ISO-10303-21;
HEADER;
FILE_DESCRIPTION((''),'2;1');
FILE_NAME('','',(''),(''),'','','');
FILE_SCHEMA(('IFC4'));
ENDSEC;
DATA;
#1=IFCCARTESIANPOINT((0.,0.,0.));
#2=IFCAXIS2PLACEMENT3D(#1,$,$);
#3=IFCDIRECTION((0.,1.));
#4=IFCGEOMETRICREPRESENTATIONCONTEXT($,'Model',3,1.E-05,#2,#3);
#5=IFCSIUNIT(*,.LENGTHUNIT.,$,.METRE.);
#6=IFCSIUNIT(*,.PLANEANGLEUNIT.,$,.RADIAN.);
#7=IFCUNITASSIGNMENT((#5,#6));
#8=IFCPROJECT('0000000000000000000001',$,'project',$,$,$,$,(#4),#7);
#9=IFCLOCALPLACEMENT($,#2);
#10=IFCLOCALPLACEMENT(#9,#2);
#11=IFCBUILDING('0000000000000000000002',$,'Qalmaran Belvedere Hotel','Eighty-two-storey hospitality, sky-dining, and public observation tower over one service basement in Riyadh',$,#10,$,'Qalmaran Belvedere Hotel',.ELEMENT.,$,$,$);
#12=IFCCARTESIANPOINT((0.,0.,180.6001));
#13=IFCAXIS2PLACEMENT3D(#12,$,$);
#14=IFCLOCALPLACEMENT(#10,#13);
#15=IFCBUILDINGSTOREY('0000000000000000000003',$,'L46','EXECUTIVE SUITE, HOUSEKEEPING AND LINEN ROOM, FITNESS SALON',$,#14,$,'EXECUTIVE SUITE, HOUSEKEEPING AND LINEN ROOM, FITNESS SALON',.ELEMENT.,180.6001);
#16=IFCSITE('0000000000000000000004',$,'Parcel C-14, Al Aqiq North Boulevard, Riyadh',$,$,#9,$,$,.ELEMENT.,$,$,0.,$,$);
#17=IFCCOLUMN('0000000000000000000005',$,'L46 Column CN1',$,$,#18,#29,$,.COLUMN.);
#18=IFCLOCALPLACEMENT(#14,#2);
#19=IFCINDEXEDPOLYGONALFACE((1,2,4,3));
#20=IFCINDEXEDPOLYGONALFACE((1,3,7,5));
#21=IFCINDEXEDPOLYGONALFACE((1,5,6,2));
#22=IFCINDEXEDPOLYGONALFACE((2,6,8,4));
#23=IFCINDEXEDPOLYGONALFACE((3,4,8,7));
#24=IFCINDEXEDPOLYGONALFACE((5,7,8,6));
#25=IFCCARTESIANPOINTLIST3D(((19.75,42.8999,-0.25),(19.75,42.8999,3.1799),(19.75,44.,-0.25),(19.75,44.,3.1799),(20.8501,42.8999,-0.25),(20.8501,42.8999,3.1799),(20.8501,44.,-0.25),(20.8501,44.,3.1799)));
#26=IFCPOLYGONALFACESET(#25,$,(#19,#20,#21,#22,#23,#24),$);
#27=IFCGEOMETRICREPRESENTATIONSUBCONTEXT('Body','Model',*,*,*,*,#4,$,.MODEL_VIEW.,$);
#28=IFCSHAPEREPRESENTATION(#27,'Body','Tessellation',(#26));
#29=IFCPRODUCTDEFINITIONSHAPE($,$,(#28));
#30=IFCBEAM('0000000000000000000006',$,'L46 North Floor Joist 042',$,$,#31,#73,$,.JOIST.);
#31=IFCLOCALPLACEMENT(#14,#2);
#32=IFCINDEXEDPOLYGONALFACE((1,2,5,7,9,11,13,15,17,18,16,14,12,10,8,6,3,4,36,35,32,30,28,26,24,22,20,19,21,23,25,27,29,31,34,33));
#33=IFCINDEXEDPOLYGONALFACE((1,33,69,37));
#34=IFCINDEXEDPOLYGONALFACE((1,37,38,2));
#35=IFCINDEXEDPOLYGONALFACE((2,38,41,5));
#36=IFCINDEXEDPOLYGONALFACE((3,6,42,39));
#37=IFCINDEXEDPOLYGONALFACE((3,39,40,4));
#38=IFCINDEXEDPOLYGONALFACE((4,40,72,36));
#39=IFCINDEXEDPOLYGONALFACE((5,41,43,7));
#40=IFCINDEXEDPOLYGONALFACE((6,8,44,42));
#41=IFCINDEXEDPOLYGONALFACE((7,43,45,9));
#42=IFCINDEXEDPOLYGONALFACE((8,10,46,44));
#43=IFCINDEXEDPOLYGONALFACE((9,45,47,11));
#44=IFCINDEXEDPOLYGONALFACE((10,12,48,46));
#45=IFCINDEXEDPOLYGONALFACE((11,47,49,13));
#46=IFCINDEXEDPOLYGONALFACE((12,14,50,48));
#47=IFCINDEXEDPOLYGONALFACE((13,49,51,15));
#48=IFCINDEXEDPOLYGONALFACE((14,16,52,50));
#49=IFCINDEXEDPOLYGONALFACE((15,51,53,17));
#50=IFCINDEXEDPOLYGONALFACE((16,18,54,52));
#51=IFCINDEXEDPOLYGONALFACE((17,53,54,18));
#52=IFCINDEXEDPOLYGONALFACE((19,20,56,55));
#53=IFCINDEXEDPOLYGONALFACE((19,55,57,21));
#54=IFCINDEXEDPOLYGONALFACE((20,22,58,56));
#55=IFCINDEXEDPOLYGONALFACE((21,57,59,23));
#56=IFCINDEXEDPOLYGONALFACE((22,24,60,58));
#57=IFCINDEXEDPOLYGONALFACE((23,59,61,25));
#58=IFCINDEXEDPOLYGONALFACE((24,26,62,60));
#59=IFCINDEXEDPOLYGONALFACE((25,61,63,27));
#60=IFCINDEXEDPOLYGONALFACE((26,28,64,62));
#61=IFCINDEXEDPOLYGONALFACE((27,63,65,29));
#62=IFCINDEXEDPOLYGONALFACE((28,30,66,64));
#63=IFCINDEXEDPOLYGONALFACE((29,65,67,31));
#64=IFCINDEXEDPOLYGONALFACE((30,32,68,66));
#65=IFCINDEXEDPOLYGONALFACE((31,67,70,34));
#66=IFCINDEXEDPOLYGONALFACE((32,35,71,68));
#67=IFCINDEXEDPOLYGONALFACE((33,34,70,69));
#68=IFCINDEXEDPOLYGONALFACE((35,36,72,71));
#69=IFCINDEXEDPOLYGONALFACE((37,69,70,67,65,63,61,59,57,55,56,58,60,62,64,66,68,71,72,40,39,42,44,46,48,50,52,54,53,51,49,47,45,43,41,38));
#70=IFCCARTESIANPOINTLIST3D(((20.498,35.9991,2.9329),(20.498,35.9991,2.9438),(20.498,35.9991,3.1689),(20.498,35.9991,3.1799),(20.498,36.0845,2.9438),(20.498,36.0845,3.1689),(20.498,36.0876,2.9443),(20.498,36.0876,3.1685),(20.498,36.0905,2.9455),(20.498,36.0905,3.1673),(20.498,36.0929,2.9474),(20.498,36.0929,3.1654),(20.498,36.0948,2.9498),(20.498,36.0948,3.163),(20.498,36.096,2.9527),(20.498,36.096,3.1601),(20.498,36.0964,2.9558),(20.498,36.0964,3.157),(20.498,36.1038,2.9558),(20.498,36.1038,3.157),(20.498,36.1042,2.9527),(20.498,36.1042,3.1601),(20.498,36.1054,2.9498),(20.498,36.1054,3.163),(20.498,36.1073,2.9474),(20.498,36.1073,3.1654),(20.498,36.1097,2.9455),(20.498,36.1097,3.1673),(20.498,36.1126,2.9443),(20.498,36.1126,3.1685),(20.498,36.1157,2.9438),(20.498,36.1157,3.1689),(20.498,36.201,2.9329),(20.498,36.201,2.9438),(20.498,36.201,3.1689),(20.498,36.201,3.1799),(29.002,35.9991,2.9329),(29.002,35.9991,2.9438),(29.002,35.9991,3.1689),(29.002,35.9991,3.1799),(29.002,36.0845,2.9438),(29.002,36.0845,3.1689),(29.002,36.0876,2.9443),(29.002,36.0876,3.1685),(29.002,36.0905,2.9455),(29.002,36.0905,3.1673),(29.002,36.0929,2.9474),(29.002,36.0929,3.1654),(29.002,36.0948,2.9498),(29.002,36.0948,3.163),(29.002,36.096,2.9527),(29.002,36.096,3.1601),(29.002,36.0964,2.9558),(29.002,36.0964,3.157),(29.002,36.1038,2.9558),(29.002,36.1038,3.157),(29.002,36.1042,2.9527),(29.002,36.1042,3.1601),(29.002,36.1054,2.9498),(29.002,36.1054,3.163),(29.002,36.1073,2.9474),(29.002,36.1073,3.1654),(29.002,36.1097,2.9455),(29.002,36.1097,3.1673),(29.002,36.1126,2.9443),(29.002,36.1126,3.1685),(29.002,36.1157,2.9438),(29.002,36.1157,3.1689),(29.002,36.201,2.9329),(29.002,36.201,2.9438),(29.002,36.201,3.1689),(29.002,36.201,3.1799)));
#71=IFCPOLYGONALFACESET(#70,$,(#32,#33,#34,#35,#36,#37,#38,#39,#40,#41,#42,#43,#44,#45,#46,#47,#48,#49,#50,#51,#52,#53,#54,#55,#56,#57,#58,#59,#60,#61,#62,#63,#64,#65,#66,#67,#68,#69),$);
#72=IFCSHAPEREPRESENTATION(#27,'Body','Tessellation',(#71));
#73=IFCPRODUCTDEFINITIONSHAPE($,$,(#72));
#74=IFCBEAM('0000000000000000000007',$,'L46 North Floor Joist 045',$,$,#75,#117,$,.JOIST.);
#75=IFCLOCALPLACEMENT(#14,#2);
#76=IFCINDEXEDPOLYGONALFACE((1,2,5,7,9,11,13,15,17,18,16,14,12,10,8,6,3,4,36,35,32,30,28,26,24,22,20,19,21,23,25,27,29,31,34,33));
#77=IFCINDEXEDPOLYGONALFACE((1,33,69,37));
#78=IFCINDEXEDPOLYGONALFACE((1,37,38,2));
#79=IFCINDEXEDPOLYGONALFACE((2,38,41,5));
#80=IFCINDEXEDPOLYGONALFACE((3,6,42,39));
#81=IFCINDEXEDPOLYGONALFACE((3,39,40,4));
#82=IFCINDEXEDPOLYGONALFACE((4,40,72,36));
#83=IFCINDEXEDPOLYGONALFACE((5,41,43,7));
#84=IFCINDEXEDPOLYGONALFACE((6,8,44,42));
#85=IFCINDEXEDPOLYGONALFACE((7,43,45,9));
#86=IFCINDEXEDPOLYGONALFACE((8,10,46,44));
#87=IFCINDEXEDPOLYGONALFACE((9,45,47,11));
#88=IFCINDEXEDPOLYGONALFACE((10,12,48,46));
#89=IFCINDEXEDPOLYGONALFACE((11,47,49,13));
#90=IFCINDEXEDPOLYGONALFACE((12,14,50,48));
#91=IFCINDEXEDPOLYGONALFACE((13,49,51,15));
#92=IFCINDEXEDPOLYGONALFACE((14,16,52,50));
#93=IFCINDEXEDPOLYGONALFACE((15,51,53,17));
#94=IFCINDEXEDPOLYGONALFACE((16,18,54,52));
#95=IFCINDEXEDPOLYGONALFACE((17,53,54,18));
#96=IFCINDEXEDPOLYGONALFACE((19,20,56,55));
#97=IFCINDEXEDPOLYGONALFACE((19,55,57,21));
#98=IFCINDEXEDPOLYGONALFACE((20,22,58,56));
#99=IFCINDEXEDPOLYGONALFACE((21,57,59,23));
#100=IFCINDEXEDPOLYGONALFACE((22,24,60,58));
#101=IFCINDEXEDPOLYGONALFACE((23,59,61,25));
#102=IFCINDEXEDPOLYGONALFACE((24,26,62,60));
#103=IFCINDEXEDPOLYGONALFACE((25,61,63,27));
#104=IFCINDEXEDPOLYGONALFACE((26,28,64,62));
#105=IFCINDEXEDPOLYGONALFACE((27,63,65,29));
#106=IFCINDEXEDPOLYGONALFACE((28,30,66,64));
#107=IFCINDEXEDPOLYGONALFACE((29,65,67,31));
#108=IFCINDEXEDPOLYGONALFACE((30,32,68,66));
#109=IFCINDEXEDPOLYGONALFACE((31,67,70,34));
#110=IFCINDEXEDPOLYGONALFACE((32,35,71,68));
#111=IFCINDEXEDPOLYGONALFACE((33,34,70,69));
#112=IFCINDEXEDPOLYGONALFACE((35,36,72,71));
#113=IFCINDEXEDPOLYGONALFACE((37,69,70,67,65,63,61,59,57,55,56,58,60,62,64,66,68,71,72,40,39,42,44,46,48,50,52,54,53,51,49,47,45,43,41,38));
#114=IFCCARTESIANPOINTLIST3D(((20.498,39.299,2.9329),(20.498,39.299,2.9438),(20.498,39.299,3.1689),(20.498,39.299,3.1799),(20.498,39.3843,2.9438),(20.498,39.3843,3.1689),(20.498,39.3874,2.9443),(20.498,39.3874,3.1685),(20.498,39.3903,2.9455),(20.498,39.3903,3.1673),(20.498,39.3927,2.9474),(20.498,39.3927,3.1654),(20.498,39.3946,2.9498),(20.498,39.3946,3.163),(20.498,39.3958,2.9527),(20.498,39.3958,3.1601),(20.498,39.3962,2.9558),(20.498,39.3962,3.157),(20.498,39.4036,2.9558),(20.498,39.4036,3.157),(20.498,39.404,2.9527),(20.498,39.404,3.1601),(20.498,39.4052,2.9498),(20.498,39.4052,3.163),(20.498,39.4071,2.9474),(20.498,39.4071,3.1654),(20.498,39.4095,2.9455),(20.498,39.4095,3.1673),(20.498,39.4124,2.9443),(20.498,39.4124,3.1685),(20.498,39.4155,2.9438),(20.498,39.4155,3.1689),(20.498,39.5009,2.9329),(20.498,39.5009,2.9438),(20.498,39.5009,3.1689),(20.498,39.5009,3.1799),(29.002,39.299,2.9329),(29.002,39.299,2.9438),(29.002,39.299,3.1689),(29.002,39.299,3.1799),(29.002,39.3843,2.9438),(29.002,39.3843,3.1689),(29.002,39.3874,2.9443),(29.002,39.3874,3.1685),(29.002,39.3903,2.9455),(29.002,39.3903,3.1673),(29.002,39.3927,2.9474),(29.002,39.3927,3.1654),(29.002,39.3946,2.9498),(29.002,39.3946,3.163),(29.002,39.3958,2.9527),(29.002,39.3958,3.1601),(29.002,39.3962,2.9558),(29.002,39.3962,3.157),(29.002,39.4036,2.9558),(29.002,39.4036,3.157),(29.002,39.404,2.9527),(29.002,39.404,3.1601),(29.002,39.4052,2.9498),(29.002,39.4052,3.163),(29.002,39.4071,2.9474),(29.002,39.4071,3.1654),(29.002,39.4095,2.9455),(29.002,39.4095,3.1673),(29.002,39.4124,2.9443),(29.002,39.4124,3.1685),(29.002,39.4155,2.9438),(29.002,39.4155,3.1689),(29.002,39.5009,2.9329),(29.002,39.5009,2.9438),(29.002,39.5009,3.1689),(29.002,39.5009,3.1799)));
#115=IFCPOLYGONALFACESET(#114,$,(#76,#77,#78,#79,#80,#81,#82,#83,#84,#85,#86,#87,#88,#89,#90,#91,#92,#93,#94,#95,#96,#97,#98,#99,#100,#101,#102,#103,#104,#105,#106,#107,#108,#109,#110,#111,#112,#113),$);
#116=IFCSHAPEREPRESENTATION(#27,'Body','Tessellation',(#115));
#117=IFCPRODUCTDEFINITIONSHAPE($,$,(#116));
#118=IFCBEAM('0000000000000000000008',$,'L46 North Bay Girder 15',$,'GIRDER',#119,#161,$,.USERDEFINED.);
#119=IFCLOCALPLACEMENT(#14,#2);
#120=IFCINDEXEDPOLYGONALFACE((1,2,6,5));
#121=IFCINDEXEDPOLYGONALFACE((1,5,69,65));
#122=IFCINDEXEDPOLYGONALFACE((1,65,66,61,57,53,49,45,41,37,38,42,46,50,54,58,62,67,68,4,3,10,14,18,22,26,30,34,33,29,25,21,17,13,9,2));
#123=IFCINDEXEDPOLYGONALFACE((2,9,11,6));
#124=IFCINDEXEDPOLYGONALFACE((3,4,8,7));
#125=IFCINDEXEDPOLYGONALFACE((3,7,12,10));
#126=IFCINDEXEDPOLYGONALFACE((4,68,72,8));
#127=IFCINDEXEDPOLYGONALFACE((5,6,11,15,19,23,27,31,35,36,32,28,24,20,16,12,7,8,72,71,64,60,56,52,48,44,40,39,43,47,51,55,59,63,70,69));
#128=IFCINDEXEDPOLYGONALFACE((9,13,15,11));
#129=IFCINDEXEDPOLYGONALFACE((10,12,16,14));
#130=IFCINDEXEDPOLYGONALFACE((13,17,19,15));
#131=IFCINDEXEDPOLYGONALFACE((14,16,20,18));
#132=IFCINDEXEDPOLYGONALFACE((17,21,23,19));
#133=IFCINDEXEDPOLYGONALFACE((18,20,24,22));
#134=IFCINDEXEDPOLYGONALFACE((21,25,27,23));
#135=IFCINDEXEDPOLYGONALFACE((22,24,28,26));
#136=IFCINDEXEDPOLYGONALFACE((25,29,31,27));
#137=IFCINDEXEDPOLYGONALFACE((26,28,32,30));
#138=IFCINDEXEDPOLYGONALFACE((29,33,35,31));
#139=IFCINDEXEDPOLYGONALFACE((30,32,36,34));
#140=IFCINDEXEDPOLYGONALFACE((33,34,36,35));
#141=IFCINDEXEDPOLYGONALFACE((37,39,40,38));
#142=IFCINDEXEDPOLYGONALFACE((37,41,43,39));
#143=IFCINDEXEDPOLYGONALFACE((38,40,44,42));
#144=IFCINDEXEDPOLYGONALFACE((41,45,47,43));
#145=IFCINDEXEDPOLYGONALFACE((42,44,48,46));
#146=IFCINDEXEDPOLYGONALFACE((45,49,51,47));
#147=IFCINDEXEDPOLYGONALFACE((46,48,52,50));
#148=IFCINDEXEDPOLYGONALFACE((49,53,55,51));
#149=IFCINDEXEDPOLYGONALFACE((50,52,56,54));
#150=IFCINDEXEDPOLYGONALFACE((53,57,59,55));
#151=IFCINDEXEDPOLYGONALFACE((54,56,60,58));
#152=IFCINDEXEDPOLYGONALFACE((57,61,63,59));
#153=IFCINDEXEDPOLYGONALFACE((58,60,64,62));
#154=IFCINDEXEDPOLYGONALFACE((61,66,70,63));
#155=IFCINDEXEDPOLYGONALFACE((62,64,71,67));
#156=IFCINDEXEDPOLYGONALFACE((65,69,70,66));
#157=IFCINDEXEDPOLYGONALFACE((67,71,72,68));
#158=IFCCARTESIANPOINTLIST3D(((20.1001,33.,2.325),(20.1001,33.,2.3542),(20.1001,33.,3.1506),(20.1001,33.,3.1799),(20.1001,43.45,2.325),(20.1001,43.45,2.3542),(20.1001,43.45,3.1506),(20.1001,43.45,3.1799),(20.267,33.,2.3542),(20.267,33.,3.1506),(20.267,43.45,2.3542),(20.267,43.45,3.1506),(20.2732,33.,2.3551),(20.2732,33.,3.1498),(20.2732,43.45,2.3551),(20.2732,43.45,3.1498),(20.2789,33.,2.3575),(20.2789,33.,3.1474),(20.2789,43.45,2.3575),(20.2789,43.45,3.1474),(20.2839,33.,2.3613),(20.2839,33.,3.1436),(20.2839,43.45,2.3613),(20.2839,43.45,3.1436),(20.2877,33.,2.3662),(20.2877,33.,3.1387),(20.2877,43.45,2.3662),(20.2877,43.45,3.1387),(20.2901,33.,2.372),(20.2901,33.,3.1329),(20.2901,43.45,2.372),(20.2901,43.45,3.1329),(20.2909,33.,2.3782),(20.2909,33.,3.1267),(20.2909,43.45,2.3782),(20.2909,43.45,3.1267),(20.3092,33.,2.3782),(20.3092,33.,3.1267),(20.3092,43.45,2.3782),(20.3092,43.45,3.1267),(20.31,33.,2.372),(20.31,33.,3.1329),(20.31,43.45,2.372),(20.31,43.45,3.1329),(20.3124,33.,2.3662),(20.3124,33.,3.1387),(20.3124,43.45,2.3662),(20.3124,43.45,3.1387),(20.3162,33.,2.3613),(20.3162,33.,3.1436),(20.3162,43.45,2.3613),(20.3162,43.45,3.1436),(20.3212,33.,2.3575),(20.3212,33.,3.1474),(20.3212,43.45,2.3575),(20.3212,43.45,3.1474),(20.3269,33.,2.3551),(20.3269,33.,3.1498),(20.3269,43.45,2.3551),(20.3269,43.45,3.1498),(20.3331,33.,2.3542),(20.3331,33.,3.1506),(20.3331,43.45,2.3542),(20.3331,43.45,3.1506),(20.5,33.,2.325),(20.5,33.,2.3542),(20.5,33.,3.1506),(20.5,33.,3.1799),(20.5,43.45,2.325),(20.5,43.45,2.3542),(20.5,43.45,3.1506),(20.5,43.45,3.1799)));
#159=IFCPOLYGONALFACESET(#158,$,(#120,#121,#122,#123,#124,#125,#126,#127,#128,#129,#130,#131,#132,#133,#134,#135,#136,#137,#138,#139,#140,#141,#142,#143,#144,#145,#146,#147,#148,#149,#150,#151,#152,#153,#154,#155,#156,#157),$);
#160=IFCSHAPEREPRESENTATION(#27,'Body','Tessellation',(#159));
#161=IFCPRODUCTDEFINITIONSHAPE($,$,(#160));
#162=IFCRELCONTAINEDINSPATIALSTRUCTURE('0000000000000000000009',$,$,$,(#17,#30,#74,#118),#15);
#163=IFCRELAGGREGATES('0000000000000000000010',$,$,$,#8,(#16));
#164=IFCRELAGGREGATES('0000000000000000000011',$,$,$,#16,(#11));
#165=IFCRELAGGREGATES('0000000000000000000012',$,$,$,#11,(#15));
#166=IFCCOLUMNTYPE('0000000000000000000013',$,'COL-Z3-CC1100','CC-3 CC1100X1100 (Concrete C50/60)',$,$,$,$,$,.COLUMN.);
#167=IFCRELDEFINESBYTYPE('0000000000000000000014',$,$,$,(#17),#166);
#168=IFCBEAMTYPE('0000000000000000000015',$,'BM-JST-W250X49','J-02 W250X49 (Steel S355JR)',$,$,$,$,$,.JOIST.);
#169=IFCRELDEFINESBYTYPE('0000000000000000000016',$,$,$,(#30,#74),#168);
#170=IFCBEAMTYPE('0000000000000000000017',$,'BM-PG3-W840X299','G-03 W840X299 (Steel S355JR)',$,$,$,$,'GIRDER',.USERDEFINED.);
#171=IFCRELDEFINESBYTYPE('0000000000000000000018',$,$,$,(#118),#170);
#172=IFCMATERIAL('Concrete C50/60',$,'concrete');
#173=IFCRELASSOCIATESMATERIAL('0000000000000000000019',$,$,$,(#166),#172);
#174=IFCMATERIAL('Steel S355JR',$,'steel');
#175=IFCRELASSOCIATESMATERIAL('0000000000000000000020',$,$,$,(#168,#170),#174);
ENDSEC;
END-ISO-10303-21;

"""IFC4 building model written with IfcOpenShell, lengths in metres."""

from ifc_helpers import new_model, si_unit, direction, frame, origin, origin_2d, place, context, subcontext, project, spatial, rectangle, i_section, extrude, material, material_profile, profile_set, type_object, element, save


model = new_model("IFC4")

# Units and contexts
model_context = context("Model", 3, precision=1e-05, world=origin(), true_north=direction((0.0, 1.0)))
body_context = subcontext(model_context, "Body", "Model", "MODEL_VIEW")
ifc_project = project(units=[si_unit("LENGTHUNIT", "METRE"), si_unit("PLANEANGLEUNIT", "RADIAN")], contexts=[model_context])

# Site, building, storey
site_placement = place(None, origin())
site = spatial("IfcSite", under=ifc_project, at=site_placement, Name="Parcel C-14, Al Aqiq North Boulevard, Riyadh", CompositionType="ELEMENT", RefElevation=0.0)
building_placement = place(site_placement, origin())
building = spatial("IfcBuilding", under=site, at=building_placement, Name="Qalmaran Belvedere Hotel", Description="Eighty-two-storey hospitality, sky-dining, and public observation tower over one service basement in Riyadh", LongName="Qalmaran Belvedere Hotel", CompositionType="ELEMENT")
storey_placement = place(building_placement, frame((0.0, 0.0, 180.6001)))
storey = spatial("IfcBuildingStorey", under=building, at=storey_placement, Name="L46", Description="EXECUTIVE SUITE, HOUSEKEEPING AND LINEN ROOM, FITNESS SALON", LongName="EXECUTIVE SUITE, HOUSEKEEPING AND LINEN ROOM, FITNESS SALON", CompositionType="ELEMENT", Elevation=180.6001)

# Column
ifc_material_1 = material(Name="Concrete C50/60", Category="concrete")
ifc_material_profile_1 = material_profile(ifc_material_1, rectangle(XDim=1.1001, YDim=1.1001, at=origin_2d()), Name="CC1100X1100")
ifc_profile_set_1 = profile_set([ifc_material_profile_1], Name="Concrete C50/60")
column_type = type_object("IfcColumnType", Name="COL-Z3-CC1100", Description="CC-3 CC1100X1100 (Concrete C50/60)", PredefinedType="COLUMN", material=ifc_profile_set_1)
column_placement = place(storey_placement, frame((20.3, 43.45, -0.25), z_axis=(0.0, 0.0, 1.0), x_axis=(1.0, 0.0, 0.0)))
element("IfcColumn", 1, at=column_placement, inside=storey, type_object=column_type, Name="L46 Column CN1", PredefinedType="COLUMN", context=body_context, shape_type="SweptSolid", body=[
    extrude(rectangle(XDim=1.1001, YDim=1.1001, at=origin_2d()), origin(), (0.0, 0.0, 1.0), 3.4299),
])

# Beams
ifc_material_2 = material(Name="Steel S355JR", Category="steel")
ifc_material_profile_2 = material_profile(ifc_material_2, i_section(OverallWidth=0.2019, OverallDepth=0.2471, WebThickness=0.0073, FlangeThickness=0.011, FilletRadius=0.012, at=origin_2d()), Name="W250X49")
ifc_profile_set_2 = profile_set([ifc_material_profile_2], Name="Steel S355JR")
beam_type_1 = type_object("IfcBeamType", Name="BM-JST-W250X49", Description="J-02 W250X49 (Steel S355JR)", PredefinedType="JOIST", material=ifc_profile_set_2)
for number, where, z_axis, x_axis, name in (
    (2, (20.498, 36.1001, 3.0564), (1.0, 0.0, 0.0), (0.0, 1.0, 0.0), "L46 North Floor Joist 042"),
    (3, (20.498, 39.3999, 3.0564), (1.0, 0.0, 0.0), (0.0, 1.0, 0.0), "L46 North Floor Joist 045"),
):
    element("IfcBeam", number, at=place(storey_placement, frame(where, z_axis=z_axis, x_axis=x_axis)), inside=storey, type_object=beam_type_1, Name=name, PredefinedType="JOIST", context=body_context, shape_type="SweptSolid", body=[
        extrude(i_section(OverallWidth=0.2019, OverallDepth=0.2471, WebThickness=0.0073, FlangeThickness=0.011, FilletRadius=0.012, at=origin_2d()), origin(), (0.0, 0.0, 1.0), 8.5039),
    ])
ifc_material_profile_3 = material_profile(ifc_material_2, i_section(OverallWidth=0.3999, OverallDepth=0.855, WebThickness=0.0183, FlangeThickness=0.0293, FilletRadius=0.0239, at=origin_2d()), Name="W840X299")
ifc_profile_set_3 = profile_set([ifc_material_profile_3], Name="Steel S355JR")
beam_type_2 = type_object("IfcBeamType", Name="BM-PG3-W840X299", Description="G-03 W840X299 (Steel S355JR)", ElementType="GIRDER", PredefinedType="USERDEFINED", material=ifc_profile_set_3)
beam_1_placement = place(storey_placement, frame((20.3, 33.0, 2.7524), z_axis=(0.0, 1.0, 0.0), x_axis=(-1.0, 0.0, 0.0)))
element("IfcBeam", 4, at=beam_1_placement, inside=storey, type_object=beam_type_2, Name="L46 North Bay Girder 15", ObjectType="GIRDER", PredefinedType="USERDEFINED", context=body_context, shape_type="SweptSolid", body=[
    extrude(i_section(OverallWidth=0.3999, OverallDepth=0.855, WebThickness=0.0183, FlangeThickness=0.0293, FilletRadius=0.0239, at=origin_2d()), origin(), (0.0, 0.0, 1.0), 10.45),
])

save(model, "model.ifc")
